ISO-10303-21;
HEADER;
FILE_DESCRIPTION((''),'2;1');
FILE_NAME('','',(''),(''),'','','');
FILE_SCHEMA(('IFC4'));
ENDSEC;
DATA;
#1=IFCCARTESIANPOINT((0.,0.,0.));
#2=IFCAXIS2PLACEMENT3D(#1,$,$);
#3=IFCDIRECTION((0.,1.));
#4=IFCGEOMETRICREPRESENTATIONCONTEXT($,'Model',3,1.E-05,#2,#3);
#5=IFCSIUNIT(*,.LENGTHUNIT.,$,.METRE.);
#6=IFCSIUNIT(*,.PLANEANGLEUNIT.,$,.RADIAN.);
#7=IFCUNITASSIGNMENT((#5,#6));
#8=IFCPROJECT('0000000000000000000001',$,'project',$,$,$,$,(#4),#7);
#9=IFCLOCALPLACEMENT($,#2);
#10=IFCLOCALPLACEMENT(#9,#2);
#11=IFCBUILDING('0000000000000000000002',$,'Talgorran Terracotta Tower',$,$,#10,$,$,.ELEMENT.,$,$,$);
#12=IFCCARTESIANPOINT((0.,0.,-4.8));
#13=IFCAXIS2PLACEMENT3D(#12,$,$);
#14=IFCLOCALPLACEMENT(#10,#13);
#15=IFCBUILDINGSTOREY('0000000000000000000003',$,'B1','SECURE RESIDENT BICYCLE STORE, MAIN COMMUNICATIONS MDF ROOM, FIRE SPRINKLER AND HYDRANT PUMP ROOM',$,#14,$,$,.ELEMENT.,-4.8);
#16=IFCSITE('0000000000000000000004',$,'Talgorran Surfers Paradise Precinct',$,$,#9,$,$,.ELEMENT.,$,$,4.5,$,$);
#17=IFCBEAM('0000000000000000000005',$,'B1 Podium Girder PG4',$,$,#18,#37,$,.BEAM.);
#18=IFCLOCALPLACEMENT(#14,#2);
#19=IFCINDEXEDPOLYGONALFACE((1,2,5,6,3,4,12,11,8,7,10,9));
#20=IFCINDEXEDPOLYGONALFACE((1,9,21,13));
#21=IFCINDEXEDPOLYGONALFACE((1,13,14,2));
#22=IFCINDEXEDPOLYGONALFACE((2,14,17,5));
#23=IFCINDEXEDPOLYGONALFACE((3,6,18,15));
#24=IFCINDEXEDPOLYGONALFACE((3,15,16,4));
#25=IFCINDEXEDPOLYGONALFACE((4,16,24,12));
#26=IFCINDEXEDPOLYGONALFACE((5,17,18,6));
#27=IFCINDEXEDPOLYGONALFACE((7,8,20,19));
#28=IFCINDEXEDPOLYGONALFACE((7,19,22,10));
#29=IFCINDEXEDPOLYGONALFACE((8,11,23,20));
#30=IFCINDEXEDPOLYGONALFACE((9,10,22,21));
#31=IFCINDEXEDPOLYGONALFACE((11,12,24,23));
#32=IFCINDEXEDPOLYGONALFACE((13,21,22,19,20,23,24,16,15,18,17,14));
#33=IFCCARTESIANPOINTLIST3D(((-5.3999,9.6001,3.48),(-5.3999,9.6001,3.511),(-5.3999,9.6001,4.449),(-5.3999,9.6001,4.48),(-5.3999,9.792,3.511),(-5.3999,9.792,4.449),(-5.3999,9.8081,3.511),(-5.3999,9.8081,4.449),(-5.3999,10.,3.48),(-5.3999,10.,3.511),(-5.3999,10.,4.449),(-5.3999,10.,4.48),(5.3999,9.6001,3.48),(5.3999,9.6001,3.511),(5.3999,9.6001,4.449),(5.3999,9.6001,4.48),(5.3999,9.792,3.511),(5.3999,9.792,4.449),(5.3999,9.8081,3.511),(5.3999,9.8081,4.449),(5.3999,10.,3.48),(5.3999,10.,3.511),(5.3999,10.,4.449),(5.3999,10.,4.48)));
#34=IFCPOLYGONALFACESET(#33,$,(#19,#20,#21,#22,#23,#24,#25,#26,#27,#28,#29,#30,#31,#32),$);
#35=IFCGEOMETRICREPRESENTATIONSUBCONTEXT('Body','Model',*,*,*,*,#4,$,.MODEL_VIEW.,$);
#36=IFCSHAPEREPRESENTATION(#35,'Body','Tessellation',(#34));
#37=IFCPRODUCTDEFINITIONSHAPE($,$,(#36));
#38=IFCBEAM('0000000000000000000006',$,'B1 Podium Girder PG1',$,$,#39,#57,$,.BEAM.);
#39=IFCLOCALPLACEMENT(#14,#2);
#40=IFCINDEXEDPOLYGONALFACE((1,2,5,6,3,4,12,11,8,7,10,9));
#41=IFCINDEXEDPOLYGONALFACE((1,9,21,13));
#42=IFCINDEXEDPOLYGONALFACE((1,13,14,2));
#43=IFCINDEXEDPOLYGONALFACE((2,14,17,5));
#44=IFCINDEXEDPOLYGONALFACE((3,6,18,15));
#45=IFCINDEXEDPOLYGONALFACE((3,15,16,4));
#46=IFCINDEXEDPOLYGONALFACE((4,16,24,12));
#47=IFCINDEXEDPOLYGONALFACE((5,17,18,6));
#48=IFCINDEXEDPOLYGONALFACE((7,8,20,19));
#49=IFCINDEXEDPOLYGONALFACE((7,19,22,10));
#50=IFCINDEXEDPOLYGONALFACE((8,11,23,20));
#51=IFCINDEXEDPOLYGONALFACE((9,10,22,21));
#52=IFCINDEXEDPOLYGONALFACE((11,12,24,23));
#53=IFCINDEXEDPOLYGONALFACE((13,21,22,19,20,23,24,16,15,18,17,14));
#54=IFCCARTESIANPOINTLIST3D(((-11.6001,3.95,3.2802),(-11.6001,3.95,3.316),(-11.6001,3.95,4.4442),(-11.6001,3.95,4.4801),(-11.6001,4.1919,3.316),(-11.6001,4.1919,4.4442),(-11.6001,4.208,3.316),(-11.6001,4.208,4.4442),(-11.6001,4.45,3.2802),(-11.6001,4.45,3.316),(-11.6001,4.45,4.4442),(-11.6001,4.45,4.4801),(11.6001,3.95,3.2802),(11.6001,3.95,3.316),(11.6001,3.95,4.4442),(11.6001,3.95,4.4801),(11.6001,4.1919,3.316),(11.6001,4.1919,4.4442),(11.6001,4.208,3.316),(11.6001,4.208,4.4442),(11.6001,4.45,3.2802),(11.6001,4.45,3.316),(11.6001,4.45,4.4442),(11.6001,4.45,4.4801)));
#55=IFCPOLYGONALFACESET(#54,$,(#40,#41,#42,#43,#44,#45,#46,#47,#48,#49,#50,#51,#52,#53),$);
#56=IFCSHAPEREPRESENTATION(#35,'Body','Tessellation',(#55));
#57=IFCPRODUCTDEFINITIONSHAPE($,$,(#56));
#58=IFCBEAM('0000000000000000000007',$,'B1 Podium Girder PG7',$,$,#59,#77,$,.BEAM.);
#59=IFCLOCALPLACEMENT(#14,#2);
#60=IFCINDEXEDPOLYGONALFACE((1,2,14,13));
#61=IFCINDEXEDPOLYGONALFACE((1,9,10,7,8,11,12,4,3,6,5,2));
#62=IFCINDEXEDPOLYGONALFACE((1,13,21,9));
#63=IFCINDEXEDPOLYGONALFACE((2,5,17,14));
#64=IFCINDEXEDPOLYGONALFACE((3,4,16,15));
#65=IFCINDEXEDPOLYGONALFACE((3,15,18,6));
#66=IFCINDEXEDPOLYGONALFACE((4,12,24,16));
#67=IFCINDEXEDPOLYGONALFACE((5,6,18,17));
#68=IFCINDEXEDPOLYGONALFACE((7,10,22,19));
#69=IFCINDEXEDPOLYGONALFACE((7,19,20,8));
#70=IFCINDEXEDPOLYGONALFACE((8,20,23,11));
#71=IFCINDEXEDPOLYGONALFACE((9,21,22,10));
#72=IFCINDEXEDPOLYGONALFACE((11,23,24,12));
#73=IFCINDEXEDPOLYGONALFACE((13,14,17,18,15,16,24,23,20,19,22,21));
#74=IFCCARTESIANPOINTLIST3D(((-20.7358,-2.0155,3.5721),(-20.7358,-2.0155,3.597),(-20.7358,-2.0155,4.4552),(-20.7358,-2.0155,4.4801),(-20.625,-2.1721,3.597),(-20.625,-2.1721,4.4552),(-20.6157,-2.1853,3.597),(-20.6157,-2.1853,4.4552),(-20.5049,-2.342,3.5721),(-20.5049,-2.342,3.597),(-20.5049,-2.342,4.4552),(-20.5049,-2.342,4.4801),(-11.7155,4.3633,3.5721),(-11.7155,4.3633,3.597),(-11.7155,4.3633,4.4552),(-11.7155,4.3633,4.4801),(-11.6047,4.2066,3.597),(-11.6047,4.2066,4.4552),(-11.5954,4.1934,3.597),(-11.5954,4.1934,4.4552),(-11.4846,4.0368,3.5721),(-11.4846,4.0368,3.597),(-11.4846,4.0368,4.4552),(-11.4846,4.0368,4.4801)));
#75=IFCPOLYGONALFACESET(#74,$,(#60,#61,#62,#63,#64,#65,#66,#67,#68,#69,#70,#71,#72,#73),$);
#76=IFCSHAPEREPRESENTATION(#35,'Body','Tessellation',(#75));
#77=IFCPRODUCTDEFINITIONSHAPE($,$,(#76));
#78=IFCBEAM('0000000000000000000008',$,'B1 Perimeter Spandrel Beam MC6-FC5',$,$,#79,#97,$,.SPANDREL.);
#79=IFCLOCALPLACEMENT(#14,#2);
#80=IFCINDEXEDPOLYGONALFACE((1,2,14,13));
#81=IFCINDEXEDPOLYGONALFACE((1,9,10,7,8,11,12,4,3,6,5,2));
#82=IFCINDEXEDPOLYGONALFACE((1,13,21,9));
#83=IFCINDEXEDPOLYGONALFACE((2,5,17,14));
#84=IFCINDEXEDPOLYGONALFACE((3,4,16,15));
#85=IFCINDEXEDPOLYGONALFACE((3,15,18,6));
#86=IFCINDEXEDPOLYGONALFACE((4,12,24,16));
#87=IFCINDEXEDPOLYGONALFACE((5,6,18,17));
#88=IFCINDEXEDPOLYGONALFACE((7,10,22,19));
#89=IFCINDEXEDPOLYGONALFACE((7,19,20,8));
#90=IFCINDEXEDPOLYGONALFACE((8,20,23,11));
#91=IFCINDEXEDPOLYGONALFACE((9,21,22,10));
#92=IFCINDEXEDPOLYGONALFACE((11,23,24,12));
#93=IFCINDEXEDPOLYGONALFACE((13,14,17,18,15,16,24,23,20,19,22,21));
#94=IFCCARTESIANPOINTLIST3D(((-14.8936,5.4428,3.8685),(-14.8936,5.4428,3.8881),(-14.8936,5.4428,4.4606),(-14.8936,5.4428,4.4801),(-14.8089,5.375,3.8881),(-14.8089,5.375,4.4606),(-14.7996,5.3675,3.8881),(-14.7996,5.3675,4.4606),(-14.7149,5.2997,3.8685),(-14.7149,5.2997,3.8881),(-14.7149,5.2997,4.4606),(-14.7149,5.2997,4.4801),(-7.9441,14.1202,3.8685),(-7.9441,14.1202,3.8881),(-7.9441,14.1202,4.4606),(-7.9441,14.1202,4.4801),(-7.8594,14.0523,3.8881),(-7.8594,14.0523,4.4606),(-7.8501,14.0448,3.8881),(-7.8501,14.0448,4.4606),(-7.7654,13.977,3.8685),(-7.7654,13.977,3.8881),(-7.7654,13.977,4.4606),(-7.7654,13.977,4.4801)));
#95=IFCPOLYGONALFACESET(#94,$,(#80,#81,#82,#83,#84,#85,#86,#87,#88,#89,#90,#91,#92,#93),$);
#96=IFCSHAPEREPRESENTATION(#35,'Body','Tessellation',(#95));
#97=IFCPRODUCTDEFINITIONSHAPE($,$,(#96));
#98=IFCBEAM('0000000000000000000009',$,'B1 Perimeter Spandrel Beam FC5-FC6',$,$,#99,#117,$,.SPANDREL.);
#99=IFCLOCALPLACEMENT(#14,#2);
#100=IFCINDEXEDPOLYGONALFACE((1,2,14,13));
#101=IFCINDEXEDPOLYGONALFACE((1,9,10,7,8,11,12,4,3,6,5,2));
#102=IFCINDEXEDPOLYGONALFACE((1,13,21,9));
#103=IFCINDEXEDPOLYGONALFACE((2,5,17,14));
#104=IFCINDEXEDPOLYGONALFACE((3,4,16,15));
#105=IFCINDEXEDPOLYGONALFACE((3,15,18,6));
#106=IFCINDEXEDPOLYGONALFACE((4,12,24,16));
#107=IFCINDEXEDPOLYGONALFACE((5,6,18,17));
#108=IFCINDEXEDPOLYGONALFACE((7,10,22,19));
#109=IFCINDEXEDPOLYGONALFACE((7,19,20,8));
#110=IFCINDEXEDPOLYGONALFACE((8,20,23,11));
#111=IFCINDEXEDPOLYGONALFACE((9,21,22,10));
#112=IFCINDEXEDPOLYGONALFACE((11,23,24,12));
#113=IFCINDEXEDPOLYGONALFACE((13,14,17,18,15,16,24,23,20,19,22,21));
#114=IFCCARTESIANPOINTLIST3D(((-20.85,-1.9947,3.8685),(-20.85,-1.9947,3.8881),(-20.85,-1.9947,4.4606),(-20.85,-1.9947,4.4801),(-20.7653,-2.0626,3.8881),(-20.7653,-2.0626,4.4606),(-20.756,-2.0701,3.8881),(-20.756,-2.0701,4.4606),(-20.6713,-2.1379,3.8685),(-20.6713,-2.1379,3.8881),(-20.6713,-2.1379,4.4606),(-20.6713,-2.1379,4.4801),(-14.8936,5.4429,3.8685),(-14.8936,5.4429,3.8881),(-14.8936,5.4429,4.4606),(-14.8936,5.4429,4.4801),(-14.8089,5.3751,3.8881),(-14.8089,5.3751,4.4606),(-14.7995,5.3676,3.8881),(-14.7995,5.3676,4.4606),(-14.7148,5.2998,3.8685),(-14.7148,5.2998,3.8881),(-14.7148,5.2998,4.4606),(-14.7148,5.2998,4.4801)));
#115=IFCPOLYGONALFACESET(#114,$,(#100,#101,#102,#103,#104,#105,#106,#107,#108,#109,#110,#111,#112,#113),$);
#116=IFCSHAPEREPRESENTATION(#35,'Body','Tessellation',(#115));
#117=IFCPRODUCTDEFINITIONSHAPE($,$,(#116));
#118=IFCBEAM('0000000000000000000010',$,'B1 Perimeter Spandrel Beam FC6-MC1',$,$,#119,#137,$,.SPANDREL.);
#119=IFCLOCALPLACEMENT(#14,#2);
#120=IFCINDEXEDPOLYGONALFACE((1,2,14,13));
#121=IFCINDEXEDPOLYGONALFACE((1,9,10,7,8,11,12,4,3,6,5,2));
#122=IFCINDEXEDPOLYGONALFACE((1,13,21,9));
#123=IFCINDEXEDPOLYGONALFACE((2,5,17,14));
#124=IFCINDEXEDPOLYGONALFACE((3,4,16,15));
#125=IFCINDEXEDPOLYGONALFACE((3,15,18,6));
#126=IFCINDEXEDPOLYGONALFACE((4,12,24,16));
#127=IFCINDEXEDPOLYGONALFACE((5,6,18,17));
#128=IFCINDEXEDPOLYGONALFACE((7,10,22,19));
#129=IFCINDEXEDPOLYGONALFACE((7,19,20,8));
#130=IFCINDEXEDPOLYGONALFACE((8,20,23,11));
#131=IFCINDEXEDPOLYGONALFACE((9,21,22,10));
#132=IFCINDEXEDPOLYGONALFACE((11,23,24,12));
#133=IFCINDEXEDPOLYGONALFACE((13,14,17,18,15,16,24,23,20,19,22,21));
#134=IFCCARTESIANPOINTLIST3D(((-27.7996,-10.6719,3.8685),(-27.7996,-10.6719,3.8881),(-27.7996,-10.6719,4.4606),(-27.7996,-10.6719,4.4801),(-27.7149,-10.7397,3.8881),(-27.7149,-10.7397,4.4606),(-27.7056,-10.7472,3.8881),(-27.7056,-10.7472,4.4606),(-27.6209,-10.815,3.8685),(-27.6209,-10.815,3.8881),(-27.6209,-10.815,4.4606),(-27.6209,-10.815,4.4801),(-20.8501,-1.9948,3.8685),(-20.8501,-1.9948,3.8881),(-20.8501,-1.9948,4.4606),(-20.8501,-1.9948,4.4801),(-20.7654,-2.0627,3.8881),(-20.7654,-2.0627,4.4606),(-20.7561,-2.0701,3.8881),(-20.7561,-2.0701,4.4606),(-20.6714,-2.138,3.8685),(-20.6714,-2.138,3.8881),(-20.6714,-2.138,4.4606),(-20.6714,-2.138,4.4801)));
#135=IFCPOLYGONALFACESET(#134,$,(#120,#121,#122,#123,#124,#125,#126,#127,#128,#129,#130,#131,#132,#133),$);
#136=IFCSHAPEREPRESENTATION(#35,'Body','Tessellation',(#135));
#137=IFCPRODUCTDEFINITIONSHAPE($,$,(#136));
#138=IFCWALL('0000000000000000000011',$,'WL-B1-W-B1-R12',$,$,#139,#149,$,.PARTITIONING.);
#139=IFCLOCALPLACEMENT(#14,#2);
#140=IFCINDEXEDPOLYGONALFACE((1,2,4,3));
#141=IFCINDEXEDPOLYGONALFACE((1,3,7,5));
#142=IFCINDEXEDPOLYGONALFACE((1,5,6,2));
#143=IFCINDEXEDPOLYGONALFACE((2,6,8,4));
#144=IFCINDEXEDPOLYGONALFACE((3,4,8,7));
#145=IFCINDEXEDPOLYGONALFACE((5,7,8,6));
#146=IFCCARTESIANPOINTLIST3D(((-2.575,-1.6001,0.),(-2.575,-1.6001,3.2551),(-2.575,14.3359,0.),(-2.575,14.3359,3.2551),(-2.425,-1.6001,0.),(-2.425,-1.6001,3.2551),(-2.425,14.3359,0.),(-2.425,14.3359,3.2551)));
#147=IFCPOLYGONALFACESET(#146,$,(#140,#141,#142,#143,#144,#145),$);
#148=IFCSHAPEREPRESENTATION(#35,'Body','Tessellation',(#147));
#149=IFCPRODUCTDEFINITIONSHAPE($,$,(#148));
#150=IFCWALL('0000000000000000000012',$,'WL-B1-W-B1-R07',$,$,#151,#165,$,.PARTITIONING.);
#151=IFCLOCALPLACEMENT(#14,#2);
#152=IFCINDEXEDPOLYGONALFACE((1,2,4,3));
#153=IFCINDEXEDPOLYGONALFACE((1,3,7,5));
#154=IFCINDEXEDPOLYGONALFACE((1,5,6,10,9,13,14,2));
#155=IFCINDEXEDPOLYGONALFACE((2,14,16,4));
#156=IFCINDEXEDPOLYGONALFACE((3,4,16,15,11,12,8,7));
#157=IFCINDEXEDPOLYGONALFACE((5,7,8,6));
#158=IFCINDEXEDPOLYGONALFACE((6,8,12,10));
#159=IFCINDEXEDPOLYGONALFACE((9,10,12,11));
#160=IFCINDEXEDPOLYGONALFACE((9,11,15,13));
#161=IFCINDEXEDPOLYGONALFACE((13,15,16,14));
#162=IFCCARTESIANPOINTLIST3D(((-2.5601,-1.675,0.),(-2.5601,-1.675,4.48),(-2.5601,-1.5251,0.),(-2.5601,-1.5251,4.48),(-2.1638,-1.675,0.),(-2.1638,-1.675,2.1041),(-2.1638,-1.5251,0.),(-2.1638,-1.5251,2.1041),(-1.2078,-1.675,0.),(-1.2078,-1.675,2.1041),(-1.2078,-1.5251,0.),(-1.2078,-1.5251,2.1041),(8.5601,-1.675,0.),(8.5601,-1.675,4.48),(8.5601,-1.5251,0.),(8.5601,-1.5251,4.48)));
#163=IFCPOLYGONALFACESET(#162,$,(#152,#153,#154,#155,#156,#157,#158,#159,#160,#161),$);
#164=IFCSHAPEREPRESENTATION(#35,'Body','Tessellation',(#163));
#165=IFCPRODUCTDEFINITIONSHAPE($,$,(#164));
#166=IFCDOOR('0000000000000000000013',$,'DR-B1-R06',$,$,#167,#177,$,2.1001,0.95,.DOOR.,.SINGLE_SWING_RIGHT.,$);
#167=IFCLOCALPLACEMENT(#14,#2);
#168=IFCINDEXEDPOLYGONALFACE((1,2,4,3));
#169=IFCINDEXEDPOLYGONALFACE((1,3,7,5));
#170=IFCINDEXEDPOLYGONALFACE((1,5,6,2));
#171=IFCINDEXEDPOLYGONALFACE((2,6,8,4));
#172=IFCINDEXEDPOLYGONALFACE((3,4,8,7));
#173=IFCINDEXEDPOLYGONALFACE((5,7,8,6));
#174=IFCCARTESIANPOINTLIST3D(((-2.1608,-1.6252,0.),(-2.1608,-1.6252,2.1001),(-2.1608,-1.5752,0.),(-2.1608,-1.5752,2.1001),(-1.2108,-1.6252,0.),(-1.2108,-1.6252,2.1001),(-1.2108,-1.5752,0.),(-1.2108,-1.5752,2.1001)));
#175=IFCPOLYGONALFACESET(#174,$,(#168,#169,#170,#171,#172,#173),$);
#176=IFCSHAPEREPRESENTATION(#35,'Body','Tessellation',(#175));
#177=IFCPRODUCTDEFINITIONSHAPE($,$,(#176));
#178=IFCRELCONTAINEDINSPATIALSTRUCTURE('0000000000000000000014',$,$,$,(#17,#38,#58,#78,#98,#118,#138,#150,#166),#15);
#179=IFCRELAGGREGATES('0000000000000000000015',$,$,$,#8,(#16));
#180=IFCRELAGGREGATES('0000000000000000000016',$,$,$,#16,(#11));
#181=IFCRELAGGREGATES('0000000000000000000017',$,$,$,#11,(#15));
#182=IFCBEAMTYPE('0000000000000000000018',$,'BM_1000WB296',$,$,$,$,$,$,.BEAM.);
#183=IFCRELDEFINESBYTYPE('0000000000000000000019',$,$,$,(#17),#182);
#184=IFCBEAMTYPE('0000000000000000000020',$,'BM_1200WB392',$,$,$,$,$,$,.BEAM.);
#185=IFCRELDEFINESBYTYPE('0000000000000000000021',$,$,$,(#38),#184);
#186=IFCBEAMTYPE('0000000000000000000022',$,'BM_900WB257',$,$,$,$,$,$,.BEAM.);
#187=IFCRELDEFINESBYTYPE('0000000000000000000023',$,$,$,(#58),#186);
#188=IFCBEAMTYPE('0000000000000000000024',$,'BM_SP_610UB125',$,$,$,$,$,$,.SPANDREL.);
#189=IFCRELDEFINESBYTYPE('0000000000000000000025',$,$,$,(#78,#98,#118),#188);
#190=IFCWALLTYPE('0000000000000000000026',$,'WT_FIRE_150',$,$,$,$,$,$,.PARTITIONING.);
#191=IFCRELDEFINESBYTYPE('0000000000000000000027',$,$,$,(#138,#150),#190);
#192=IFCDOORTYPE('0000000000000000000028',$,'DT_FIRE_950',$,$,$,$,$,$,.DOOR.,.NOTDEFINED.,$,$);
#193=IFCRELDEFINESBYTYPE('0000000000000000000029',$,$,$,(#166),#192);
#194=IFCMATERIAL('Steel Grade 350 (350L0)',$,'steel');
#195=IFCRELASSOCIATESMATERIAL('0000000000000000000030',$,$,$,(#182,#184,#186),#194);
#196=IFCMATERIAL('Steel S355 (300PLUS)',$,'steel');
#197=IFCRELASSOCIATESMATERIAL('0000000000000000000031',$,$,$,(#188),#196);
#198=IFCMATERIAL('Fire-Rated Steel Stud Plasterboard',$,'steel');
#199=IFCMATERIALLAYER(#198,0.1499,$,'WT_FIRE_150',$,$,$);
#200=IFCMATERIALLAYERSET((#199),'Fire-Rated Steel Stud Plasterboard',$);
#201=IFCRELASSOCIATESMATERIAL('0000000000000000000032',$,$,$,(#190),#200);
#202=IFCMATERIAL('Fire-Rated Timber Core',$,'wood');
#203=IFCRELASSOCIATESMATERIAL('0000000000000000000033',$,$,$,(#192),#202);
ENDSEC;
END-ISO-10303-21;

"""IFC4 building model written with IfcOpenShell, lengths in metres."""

from ifc_helpers import new_model, si_unit, direction, frame, frame_2d, origin, origin_2d, place, context, subcontext, project, spatial, rectangle, i_section, extrude, material, layer, layer_set, material_profile, profile_set, type_object, element, fill, save


model = new_model("IFC4")

# Units and contexts
model_context = context("Model", 3, precision=1e-05, world=origin(), true_north=direction((0.0, 1.0)))
body_context = subcontext(model_context, "Body", "Model", "MODEL_VIEW")
ifc_project = project(units=[si_unit("LENGTHUNIT", "METRE"), si_unit("PLANEANGLEUNIT", "RADIAN")], contexts=[model_context])

# Site, building, storey
site_placement = place(None, origin())
site = spatial("IfcSite", under=ifc_project, at=site_placement, Name="Talgorran Surfers Paradise Precinct", CompositionType="ELEMENT", RefElevation=4.5)
building_placement = place(site_placement, origin())
building = spatial("IfcBuilding", under=site, at=building_placement, Name="Talgorran Terracotta Tower", CompositionType="ELEMENT")
storey_placement = place(building_placement, frame((0.0, 0.0, -4.8)))
storey = spatial("IfcBuildingStorey", under=building, at=storey_placement, Name="B1", Description="SECURE RESIDENT BICYCLE STORE, MAIN COMMUNICATIONS MDF ROOM, FIRE SPRINKLER AND HYDRANT PUMP ROOM", CompositionType="ELEMENT", Elevation=-4.8)

# Shared definitions
ifc_material_1 = material(Name="Steel S355 (300PLUS)", Category="steel")
ifc_material_2 = material(Name="Steel Grade 350 (350L0)", Category="steel")

# Beams
ifc_material_profile_1 = material_profile(ifc_material_2, i_section(OverallWidth=0.3999, OverallDepth=1.0, WebThickness=0.0161, FlangeThickness=0.031, at=origin_2d()), Name="1000WB296")
ifc_profile_set_1 = profile_set([ifc_material_profile_1], Name="Steel Grade 350 (350L0)")
beam_type_1 = type_object("IfcBeamType", Name="BM_1000WB296", PredefinedType="BEAM", material=ifc_profile_set_1)
beam_1_placement = place(storey_placement, frame((-5.3999, 9.8, 3.98), z_axis=(1.0, 0.0, 0.0), x_axis=(0.0, 1.0, 0.0)))
element("IfcBeam", 1, at=beam_1_placement, inside=storey, type_object=beam_type_1, Name="B1 Podium Girder PG4", PredefinedType="BEAM", context=body_context, shape_type="SweptSolid", body=[
    extrude(i_section(OverallWidth=0.3999, OverallDepth=1.0, WebThickness=0.0161, FlangeThickness=0.031, at=origin_2d()), origin(), (0.0, 0.0, 1.0), 10.7998),
])
ifc_material_profile_2 = material_profile(ifc_material_2, i_section(OverallWidth=0.5, OverallDepth=1.2, WebThickness=0.0161, FlangeThickness=0.0359, at=origin_2d()), Name="1200WB392")
ifc_profile_set_2 = profile_set([ifc_material_profile_2], Name="Steel Grade 350 (350L0)")
beam_type_2 = type_object("IfcBeamType", Name="BM_1200WB392", PredefinedType="BEAM", material=ifc_profile_set_2)
beam_2_placement = place(storey_placement, frame((-11.6001, 4.2, 3.8801), z_axis=(1.0, 0.0, 0.0), x_axis=(0.0, 1.0, 0.0)))
element("IfcBeam", 2, at=beam_2_placement, inside=storey, type_object=beam_type_2, Name="B1 Podium Girder PG1", PredefinedType="BEAM", context=body_context, shape_type="SweptSolid", body=[
    extrude(i_section(OverallWidth=0.5, OverallDepth=1.2, WebThickness=0.0161, FlangeThickness=0.0359, at=origin_2d()), origin(), (0.0, 0.0, 1.0), 23.2002),
])
ifc_material_profile_3 = material_profile(ifc_material_2, i_section(OverallWidth=0.3999, OverallDepth=0.908, WebThickness=0.0161, FlangeThickness=0.0249, at=origin_2d()), Name="900WB257")
ifc_profile_set_3 = profile_set([ifc_material_profile_3], Name="Steel Grade 350 (350L0)")
beam_type_3 = type_object("IfcBeamType", Name="BM_900WB257", PredefinedType="BEAM", material=ifc_profile_set_3)
beam_3_placement = place(storey_placement, frame((-20.6204, -2.1787, 4.0261), z_axis=(0.816481, 0.577373, 0.0), x_axis=(-0.577373, 0.816481, 0.0)))
element("IfcBeam", 3, at=beam_3_placement, inside=storey, type_object=beam_type_3, Name="B1 Podium Girder PG7", PredefinedType="BEAM", context=body_context, shape_type="SweptSolid", body=[
    extrude(i_section(OverallWidth=0.3999, OverallDepth=0.908, WebThickness=0.0161, FlangeThickness=0.0249, at=origin_2d()), origin(), (0.0, 0.0, 1.0), 11.0479),
])
ifc_material_profile_4 = material_profile(ifc_material_1, i_section(OverallWidth=0.229, OverallDepth=0.6116, WebThickness=0.012, FlangeThickness=0.0195, at=origin_2d()), Name="610UB125")
ifc_profile_set_4 = profile_set([ifc_material_profile_4], Name="Steel S355 (300PLUS)")
beam_type_4 = type_object("IfcBeamType", Name="BM_SP_610UB125", PredefinedType="SPANDREL", material=ifc_profile_set_4)
beam_4_placement = place(storey_placement, frame((-7.8547, 14.0486, 4.1743), z_axis=(-0.625115, -0.780532, 0.0), x_axis=(0.780532, -0.625115, 0.0)))
element("IfcBeam", 4, at=beam_4_placement, inside=storey, type_object=beam_type_4, Name="B1 Perimeter Spandrel Beam MC6-FC5", PredefinedType="SPANDREL", context=body_context, shape_type="SweptSolid", body=[
    extrude(i_section(OverallWidth=0.229, OverallDepth=0.6116, WebThickness=0.012, FlangeThickness=0.0195, at=origin_2d()), origin(), (0.0, 0.0, 1.0), 11.1172),
])
beam_5_placement = place(storey_placement, frame((-14.8042, 5.3713, 4.1743), z_axis=(-0.625101, -0.780544, 0.0), x_axis=(0.780544, -0.625101, 0.0)))
element("IfcBeam", 5, at=beam_5_placement, inside=storey, type_object=beam_type_4, Name="B1 Perimeter Spandrel Beam FC5-FC6", PredefinedType="SPANDREL", context=body_context, shape_type="SweptSolid", body=[
    extrude(i_section(OverallWidth=0.229, OverallDepth=0.6116, WebThickness=0.012, FlangeThickness=0.0195, at=origin_2d()), origin(), (0.0, 0.0, 1.0), 9.5288),
])
beam_6_placement = place(storey_placement, frame((-20.7607, -2.0664, 4.1743), z_axis=(-0.625126, -0.780524, 0.0), x_axis=(0.780524, -0.625126, 0.0)))
element("IfcBeam", 6, at=beam_6_placement, inside=storey, type_object=beam_type_4, Name="B1 Perimeter Spandrel Beam FC6-MC1", PredefinedType="SPANDREL", context=body_context, shape_type="SweptSolid", body=[
    extrude(i_section(OverallWidth=0.229, OverallDepth=0.6116, WebThickness=0.012, FlangeThickness=0.0195, at=origin_2d()), origin(), (0.0, 0.0, 1.0), 11.1169),
])

# Wall
ifc_material_3 = material(Name="Fire-Rated Steel Stud Plasterboard", Category="steel")
ifc_layer_1 = layer(ifc_material_3, 0.1499, Name="WT_FIRE_150")
ifc_layer_set_1 = layer_set([ifc_layer_1], Name="Fire-Rated Steel Stud Plasterboard")
wall_type = type_object("IfcWallType", Name="WT_FIRE_150", PredefinedType="PARTITIONING", material=ifc_layer_set_1)
wall_1_placement = place(storey_placement, frame((-2.5, -1.6001, 0.0), z_axis=(0.0, 0.0, 1.0), x_axis=(0.0, 1.0, 0.0)))
element("IfcWall", 7, at=wall_1_placement, inside=storey, type_object=wall_type, Name="WL-B1-W-B1-R12", PredefinedType="PARTITIONING", context=body_context, shape_type="SweptSolid", body=[
    extrude(rectangle(XDim=15.936, YDim=0.1499, at=frame_2d((7.968, 0.0))), origin(), (0.0, 0.0, 1.0), 3.2551),
])

# Wall, opening, door
wall_2_placement = place(storey_placement, frame((-2.5601, -1.6001, 0.0), z_axis=(0.0, 0.0, 1.0), x_axis=(1.0, 0.0, 0.0)))
wall_2 = element("IfcWall", 8, at=wall_2_placement, inside=storey, type_object=wall_type, Name="WL-B1-W-B1-R07", PredefinedType="PARTITIONING", context=body_context, shape_type="SweptSolid", body=[
    extrude(rectangle(XDim=11.1201, YDim=0.1499, at=frame_2d((5.5601, 0.0))), origin(), (0.0, 0.0, 1.0), 4.48),
])
opening_1_placement = place(wall_2_placement, frame((0.3992, 0.0, 0.0)))
opening_1 = element("IfcOpeningElement", 9, at=opening_1_placement, cuts=wall_2, PredefinedType="OPENING", context=body_context, shape_type="SweptSolid", body=[
    extrude(rectangle(XDim=0.956, YDim=2.1041, at=frame_2d((0.4751, 1.052))), frame((0.0, 0.085, 0.0), z_axis=(0.0, -1.0, 0.0), x_axis=(1.0, 0.0, 0.0)), (0.0, 0.0, 1.0), 0.1699),
])
ifc_material_4 = material(Name="Fire-Rated Timber Core", Category="wood")
door_type = type_object("IfcDoorType", Name="DT_FIRE_950", OperationType="NOTDEFINED", PredefinedType="DOOR", material=ifc_material_4)
door_1_placement = place(opening_1_placement, origin())
door_1 = element("IfcDoor", 10, at=door_1_placement, inside=storey, type_object=door_type, Name="DR-B1-R06", OperationType="SINGLE_SWING_RIGHT", OverallHeight=2.1001, OverallWidth=0.95, PredefinedType="DOOR", context=body_context, shape_type="SweptSolid", body=[
    extrude(rectangle(XDim=0.95, YDim=2.1001, at=frame_2d((0.4751, 1.05))), frame((0.0, 0.0249, 0.0), z_axis=(0.0, -1.0, 0.0), x_axis=(1.0, 0.0, 0.0)), (0.0, 0.0, 1.0), 0.05),
])
fill(opening_1, door_1)

save(model, "model.ifc")
